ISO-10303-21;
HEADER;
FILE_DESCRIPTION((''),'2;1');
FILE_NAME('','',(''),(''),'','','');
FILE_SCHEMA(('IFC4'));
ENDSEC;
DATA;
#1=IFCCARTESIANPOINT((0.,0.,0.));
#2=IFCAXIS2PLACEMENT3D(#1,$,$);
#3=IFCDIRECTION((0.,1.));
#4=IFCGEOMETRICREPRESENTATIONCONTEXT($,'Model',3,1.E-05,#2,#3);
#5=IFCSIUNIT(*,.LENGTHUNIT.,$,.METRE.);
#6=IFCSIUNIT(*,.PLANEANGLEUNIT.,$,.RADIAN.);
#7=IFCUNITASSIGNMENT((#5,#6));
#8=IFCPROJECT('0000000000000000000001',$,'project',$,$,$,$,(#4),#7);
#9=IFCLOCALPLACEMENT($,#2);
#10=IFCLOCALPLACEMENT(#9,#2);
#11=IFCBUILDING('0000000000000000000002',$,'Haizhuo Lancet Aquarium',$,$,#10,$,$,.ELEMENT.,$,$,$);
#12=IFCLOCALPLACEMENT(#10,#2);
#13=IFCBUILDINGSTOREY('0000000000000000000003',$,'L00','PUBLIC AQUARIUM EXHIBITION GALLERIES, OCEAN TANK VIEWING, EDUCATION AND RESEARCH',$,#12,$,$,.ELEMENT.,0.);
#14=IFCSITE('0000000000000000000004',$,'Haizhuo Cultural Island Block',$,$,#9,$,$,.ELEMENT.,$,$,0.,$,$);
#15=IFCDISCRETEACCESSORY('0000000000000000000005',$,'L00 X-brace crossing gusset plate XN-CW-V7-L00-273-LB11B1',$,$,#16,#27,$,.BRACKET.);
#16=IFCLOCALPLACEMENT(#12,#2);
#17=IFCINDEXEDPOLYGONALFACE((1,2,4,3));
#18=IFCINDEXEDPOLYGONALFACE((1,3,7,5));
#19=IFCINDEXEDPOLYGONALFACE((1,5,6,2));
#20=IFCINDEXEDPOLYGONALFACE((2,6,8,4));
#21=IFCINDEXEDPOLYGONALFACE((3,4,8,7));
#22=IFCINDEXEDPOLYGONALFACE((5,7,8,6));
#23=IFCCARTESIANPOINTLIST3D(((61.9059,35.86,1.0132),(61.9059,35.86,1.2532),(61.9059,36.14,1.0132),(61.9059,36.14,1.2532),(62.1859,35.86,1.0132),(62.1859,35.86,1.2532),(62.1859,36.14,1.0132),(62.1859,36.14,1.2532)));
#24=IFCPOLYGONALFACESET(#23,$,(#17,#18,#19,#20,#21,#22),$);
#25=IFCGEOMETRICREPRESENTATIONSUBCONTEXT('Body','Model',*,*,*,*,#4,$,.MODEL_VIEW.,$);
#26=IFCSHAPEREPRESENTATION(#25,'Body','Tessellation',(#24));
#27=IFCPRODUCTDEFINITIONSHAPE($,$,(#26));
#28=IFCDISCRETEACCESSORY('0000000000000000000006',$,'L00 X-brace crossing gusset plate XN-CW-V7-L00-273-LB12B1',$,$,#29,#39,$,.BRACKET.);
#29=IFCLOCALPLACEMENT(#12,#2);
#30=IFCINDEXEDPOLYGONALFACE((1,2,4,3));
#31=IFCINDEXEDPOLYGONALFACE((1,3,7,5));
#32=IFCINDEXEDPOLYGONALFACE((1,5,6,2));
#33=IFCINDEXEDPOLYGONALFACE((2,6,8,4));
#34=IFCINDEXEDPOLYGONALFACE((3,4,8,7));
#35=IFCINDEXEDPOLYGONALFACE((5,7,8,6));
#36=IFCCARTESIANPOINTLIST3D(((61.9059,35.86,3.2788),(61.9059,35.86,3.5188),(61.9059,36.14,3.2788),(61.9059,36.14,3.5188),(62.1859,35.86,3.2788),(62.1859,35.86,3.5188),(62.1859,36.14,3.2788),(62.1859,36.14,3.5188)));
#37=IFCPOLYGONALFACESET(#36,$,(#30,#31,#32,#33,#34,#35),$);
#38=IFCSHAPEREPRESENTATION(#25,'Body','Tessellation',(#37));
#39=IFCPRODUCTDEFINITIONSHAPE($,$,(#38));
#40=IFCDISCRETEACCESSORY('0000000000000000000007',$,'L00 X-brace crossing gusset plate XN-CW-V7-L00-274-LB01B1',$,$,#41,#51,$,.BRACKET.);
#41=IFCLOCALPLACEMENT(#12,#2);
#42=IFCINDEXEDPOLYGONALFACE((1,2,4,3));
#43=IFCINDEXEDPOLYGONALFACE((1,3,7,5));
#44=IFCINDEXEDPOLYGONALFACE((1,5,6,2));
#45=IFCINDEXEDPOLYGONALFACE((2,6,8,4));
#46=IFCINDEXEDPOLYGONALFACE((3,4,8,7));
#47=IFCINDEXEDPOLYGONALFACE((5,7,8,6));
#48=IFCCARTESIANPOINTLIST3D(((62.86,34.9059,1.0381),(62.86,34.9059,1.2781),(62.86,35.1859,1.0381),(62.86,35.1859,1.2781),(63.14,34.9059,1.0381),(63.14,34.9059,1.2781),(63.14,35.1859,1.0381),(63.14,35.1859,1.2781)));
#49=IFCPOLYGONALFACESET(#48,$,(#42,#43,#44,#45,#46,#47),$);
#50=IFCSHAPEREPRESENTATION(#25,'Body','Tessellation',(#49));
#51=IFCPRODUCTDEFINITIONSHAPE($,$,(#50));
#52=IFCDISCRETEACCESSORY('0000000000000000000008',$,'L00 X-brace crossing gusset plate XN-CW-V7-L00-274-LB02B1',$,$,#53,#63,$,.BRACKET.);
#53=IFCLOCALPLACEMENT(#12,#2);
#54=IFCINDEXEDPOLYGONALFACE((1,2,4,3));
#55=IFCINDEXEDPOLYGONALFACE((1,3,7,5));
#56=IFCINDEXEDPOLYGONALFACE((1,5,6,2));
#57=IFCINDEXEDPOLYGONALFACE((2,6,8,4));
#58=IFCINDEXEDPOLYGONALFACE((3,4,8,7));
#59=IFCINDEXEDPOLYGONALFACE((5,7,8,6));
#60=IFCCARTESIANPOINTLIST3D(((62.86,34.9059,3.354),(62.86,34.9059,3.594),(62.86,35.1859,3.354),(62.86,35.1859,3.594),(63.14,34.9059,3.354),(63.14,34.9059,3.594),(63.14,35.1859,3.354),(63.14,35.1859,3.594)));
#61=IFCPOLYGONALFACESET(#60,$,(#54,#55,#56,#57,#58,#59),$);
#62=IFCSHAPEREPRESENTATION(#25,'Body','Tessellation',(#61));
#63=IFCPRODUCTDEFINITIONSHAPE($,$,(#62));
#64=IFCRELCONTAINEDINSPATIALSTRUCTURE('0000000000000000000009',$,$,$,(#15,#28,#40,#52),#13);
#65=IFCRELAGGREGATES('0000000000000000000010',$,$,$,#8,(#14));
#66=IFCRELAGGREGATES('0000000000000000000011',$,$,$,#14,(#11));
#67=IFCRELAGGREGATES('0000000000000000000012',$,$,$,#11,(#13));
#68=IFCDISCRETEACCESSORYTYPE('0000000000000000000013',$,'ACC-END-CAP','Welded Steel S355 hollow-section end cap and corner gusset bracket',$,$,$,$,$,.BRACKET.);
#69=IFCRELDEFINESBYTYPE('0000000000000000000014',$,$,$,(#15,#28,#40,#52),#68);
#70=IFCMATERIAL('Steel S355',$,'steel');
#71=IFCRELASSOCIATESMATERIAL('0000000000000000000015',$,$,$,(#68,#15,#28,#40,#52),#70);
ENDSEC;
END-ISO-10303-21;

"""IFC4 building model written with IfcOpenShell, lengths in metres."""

from ifc_helpers import new_model, si_unit, direction, frame, origin, origin_2d, place, context, subcontext, project, spatial, rectangle, extrude, material, type_object, element, save


model = new_model("IFC4")

# Units and contexts
model_context = context("Model", 3, precision=1e-05, world=origin(), true_north=direction((0.0, 1.0)))
body_context = subcontext(model_context, "Body", "Model", "MODEL_VIEW")
ifc_project = project(units=[si_unit("LENGTHUNIT", "METRE"), si_unit("PLANEANGLEUNIT", "RADIAN")], contexts=[model_context])

# Site, building, storey
site_placement = place(None, origin())
site = spatial("IfcSite", under=ifc_project, at=site_placement, Name="Haizhuo Cultural Island Block", CompositionType="ELEMENT", RefElevation=0.0)
building_placement = place(site_placement, origin())
building = spatial("IfcBuilding", under=site, at=building_placement, Name="Haizhuo Lancet Aquarium", CompositionType="ELEMENT")
storey_placement = place(building_placement, origin())
storey = spatial("IfcBuildingStorey", under=building, at=storey_placement, Name="L00", Description="PUBLIC AQUARIUM EXHIBITION GALLERIES, OCEAN TANK VIEWING, EDUCATION AND RESEARCH", CompositionType="ELEMENT", Elevation=0.0)

# Shared definitions
ifc_material_1 = material(Name="Steel S355", Category="steel")

# Discrete accessories
discrete_accessory_type = type_object("IfcDiscreteAccessoryType", Name="ACC-END-CAP", Description="Welded Steel S355 hollow-section end cap and corner gusset bracket", PredefinedType="BRACKET", material=ifc_material_1)
for number, where, z_axis, x_axis, name in (
    (1, (62.0459, 36.0, 1.0132), (0.0, 0.0, 1.0), (1.0, 0.0, 0.0), "L00 X-brace crossing gusset plate XN-CW-V7-L00-273-LB11B1"),
    (2, (62.0459, 36.0, 3.2788), (0.0, 0.0, 1.0), (1.0, 0.0, 0.0), "L00 X-brace crossing gusset plate XN-CW-V7-L00-273-LB12B1"),
    (3, (63.0, 35.0459, 1.0381), (0.0, 0.0, 1.0), (1.0, 0.0, 0.0), "L00 X-brace crossing gusset plate XN-CW-V7-L00-274-LB01B1"),
    (4, (63.0, 35.0459, 3.354), (0.0, 0.0, 1.0), (1.0, 0.0, 0.0), "L00 X-brace crossing gusset plate XN-CW-V7-L00-274-LB02B1"),
):
    element("IfcDiscreteAccessory", number, at=place(storey_placement, frame(where, z_axis=z_axis, x_axis=x_axis)), inside=storey, type_object=discrete_accessory_type, material=ifc_material_1, Name=name, PredefinedType="BRACKET", context=body_context, shape_type="SweptSolid", body=[
        extrude(rectangle(XDim=0.28, YDim=0.28, at=origin_2d()), origin(), (0.0, 0.0, 1.0), 0.24),
    ])

save(model, "model.ifc")
